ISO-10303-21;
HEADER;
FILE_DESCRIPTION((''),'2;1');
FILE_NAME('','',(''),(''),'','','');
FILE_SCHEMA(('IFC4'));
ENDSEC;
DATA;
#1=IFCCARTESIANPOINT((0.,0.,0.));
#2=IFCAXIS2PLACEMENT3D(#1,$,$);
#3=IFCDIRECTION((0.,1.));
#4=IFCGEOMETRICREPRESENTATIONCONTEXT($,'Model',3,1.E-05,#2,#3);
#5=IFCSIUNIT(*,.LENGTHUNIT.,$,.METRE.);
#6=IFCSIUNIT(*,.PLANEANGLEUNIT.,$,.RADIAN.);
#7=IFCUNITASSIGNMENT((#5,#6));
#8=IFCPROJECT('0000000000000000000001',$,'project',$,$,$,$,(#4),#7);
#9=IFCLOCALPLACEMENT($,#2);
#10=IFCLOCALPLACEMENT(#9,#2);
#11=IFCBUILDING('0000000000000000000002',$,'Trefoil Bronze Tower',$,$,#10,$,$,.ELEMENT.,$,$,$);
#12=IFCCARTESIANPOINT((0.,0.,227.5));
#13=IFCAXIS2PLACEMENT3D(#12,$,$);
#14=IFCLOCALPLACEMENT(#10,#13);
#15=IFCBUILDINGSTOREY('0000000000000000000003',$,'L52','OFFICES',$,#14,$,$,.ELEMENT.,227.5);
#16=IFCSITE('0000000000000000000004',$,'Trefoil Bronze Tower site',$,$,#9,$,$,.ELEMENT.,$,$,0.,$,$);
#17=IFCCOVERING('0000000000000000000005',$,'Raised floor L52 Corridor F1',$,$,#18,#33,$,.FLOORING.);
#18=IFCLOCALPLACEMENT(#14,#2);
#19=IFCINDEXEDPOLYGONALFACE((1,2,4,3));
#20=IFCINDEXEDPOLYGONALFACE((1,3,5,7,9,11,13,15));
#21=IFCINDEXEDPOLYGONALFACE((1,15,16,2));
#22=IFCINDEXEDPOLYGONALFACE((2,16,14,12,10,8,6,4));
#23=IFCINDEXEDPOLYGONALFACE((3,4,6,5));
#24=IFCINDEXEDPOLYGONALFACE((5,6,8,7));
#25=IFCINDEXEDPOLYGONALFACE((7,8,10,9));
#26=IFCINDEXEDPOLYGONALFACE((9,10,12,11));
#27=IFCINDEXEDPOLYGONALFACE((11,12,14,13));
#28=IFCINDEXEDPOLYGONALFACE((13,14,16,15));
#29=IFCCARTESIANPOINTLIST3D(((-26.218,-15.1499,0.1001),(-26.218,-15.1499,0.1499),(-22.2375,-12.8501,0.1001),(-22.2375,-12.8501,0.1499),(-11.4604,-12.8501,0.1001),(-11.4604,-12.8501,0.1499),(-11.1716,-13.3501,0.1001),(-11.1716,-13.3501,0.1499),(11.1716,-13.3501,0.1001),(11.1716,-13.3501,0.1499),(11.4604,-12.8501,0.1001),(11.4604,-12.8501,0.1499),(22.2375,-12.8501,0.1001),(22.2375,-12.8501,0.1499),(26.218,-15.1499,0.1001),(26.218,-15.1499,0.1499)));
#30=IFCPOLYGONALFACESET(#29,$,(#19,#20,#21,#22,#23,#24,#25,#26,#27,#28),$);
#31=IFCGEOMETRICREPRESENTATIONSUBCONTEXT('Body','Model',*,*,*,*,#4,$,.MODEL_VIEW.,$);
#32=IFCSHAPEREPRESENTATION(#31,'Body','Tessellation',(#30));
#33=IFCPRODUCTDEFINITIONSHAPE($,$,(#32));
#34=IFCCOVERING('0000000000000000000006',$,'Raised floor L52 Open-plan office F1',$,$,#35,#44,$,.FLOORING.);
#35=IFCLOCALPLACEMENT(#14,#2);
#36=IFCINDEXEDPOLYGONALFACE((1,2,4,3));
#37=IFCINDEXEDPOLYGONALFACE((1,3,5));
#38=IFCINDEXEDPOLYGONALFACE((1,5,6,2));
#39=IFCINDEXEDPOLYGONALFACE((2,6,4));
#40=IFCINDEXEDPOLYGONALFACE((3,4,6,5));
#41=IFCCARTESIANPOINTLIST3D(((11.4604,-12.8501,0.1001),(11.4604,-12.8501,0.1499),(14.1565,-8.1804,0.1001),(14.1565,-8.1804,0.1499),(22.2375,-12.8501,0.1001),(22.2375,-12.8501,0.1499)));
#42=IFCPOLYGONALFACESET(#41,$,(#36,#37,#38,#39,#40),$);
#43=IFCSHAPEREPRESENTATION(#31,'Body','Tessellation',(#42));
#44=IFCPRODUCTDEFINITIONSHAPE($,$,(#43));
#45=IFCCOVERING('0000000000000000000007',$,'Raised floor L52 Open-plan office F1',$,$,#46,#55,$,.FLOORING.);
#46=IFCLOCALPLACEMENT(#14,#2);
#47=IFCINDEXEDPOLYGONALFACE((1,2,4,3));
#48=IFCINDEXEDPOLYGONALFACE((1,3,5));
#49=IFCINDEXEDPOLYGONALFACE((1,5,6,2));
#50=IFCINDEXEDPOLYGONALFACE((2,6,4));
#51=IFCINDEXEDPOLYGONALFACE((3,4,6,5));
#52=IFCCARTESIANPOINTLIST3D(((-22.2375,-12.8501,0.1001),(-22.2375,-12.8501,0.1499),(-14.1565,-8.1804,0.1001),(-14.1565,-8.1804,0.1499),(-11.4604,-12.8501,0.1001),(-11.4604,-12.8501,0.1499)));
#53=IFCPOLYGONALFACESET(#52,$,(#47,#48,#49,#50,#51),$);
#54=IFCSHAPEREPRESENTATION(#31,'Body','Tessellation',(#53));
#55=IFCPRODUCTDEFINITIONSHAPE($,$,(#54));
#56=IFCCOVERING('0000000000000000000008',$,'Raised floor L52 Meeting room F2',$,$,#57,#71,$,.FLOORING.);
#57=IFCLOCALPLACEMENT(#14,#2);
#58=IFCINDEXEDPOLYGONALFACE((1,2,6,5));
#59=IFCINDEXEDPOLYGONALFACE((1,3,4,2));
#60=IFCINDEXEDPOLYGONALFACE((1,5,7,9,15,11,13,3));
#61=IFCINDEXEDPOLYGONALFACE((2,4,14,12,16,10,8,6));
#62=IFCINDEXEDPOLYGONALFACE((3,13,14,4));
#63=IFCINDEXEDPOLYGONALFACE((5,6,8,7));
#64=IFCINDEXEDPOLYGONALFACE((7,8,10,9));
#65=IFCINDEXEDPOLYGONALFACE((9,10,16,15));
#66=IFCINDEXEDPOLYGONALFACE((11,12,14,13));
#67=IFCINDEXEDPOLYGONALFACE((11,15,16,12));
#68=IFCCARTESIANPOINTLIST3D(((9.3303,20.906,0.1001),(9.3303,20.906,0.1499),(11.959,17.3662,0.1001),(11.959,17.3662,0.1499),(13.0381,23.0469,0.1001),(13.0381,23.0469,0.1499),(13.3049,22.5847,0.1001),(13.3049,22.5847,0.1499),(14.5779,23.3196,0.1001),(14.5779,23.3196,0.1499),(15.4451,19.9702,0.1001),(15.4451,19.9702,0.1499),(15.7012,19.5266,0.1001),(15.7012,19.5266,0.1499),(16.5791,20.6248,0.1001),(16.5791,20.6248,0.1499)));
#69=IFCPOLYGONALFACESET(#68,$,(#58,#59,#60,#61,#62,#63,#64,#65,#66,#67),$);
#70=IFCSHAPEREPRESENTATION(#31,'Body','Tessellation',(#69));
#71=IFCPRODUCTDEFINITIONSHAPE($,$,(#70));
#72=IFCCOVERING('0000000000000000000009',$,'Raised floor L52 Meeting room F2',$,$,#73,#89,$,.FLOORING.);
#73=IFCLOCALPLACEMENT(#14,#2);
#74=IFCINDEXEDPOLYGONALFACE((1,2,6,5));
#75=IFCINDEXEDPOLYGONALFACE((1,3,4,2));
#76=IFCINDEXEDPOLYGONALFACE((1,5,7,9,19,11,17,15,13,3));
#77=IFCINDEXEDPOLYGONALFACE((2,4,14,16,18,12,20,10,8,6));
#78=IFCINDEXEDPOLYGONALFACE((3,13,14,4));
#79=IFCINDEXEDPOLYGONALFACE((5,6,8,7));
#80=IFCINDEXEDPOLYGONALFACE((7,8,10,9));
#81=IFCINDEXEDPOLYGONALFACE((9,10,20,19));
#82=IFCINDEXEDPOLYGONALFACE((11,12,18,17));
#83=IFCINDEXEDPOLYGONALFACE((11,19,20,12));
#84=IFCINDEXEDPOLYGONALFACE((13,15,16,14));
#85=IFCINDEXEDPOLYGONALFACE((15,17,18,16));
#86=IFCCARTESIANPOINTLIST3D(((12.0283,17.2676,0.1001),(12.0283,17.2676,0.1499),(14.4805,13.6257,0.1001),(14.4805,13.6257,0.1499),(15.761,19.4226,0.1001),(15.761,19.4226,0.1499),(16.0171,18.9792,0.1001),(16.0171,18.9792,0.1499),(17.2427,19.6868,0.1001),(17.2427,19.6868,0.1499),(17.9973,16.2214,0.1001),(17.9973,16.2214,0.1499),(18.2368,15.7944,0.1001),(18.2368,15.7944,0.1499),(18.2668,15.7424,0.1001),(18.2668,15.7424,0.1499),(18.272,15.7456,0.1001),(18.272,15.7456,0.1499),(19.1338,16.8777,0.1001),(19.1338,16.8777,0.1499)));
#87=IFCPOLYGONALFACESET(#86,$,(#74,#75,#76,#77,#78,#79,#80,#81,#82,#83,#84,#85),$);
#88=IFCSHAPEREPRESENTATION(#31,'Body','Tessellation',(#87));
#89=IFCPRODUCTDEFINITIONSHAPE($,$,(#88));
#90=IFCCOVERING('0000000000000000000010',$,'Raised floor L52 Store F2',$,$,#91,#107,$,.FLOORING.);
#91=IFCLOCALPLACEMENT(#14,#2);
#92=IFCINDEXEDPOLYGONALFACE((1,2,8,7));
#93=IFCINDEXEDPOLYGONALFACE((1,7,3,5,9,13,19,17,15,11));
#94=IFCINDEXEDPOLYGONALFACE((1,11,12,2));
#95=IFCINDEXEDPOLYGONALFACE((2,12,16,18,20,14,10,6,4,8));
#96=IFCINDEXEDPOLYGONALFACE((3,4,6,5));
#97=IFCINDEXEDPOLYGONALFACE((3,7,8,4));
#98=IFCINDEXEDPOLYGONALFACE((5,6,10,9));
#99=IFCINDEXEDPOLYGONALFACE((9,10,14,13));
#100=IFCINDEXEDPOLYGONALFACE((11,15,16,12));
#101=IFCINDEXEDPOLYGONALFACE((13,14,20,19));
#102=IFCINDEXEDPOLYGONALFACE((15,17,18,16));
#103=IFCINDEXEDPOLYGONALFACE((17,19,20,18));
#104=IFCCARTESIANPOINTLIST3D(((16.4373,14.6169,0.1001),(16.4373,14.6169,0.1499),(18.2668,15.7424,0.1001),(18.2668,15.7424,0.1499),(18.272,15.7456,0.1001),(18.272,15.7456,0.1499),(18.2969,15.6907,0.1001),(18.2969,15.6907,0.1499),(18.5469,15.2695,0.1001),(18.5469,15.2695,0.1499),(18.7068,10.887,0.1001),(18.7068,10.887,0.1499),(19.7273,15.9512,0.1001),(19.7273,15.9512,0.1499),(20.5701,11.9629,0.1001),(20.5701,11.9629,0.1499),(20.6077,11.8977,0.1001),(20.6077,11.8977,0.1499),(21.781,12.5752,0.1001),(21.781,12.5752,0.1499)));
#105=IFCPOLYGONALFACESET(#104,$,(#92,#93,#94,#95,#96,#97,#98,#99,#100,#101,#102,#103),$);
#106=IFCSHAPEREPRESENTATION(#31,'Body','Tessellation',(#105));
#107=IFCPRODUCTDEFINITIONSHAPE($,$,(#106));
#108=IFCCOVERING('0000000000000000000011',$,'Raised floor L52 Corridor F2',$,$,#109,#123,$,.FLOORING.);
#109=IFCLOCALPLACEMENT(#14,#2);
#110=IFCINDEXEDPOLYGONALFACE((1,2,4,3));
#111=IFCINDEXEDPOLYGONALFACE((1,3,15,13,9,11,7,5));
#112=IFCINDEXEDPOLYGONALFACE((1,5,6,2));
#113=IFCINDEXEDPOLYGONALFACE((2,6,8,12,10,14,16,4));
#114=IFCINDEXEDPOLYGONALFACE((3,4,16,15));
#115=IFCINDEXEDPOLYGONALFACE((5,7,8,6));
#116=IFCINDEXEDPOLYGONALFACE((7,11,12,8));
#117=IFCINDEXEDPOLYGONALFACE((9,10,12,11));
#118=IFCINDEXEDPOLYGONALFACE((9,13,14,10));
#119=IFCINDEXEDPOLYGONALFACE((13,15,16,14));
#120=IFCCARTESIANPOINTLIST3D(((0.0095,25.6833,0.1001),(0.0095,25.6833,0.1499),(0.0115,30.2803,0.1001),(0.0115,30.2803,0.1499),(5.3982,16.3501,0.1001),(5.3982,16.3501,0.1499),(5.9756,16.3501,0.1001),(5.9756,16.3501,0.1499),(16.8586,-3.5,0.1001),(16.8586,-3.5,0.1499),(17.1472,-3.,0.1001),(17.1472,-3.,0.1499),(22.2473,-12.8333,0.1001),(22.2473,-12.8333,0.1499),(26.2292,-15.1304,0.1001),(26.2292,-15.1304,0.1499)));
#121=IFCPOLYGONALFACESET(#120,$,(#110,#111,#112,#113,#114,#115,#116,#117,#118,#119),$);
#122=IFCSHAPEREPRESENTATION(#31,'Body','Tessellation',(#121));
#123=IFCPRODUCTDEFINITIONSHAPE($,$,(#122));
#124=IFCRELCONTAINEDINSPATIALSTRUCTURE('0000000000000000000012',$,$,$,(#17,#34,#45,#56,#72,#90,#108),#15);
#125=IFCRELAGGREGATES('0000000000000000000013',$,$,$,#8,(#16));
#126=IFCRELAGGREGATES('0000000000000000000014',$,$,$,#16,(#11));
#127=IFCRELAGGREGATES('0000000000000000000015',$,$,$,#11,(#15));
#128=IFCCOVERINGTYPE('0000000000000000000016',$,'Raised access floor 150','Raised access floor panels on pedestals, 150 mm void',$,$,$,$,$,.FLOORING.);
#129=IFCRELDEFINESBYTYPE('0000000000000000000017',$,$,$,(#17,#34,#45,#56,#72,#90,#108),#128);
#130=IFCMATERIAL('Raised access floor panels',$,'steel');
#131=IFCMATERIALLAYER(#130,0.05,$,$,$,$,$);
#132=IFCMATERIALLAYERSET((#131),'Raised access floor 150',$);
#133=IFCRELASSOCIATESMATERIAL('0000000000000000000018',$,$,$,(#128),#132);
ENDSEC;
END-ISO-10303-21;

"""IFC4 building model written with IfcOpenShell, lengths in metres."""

from ifc_helpers import new_model, si_unit, direction, frame, origin, place, context, subcontext, project, spatial, polyline, outline, extrude, material, layer, layer_set, type_object, element, save


model = new_model("IFC4")

# Units and contexts
model_context = context("Model", 3, precision=1e-05, world=origin(), true_north=direction((0.0, 1.0)))
body_context = subcontext(model_context, "Body", "Model", "MODEL_VIEW")
ifc_project = project(units=[si_unit("LENGTHUNIT", "METRE"), si_unit("PLANEANGLEUNIT", "RADIAN")], contexts=[model_context])

# Site, building, storey
site_placement = place(None, origin())
site = spatial("IfcSite", under=ifc_project, at=site_placement, Name="Trefoil Bronze Tower site", CompositionType="ELEMENT", RefElevation=0.0)
building_placement = place(site_placement, origin())
building = spatial("IfcBuilding", under=site, at=building_placement, Name="Trefoil Bronze Tower", CompositionType="ELEMENT")
storey_placement = place(building_placement, frame((0.0, 0.0, 227.5)))
storey = spatial("IfcBuildingStorey", under=building, at=storey_placement, Name="L52", Description="OFFICES", CompositionType="ELEMENT", Elevation=227.5)

# Coverings
ifc_material_1 = material(Name="Raised access floor panels", Category="steel")
ifc_layer_1 = layer(ifc_material_1, 0.05)
ifc_layer_set_1 = layer_set([ifc_layer_1], Name="Raised access floor 150")
covering_type_1 = type_object("IfcCoveringType", Name="Raised access floor 150", Description="Raised access floor panels on pedestals, 150 mm void", PredefinedType="FLOORING", material=ifc_layer_set_1)
covering_1_placement = place(storey_placement, frame((0.0, 0.0, 0.1001)))
element("IfcCovering", 1, at=covering_1_placement, inside=storey, type_object=covering_type_1, Name="Raised floor L52 Corridor F1", PredefinedType="FLOORING", context=body_context, shape_type="SweptSolid", body=[
    extrude(outline(polyline([(26.218, -15.1499), (-26.218, -15.1499), (-22.2375, -12.8501), (-11.4604, -12.8501), (-11.1716, -13.3501), (11.1716, -13.3501), (11.4604, -12.8501), (22.2375, -12.8501), (26.218, -15.1499)])), origin(), (0.0, 0.0, 1.0), 0.0498),
])
covering_2_placement = place(storey_placement, frame((0.0, 0.0, 0.1001)))
element("IfcCovering", 2, at=covering_2_placement, inside=storey, type_object=covering_type_1, Name="Raised floor L52 Open-plan office F1", PredefinedType="FLOORING", context=body_context, shape_type="SweptSolid", body=[
    extrude(outline(polyline([(14.1565, -8.1804), (22.2375, -12.8501), (11.4604, -12.8501), (14.1565, -8.1804)])), origin(), (0.0, 0.0, 1.0), 0.0498),
])
covering_3_placement = place(storey_placement, frame((0.0, 0.0, 0.1001)))
element("IfcCovering", 3, at=covering_3_placement, inside=storey, type_object=covering_type_1, Name="Raised floor L52 Open-plan office F1", PredefinedType="FLOORING", context=body_context, shape_type="SweptSolid", body=[
    extrude(outline(polyline([(-22.2375, -12.8501), (-14.1565, -8.1804), (-11.4604, -12.8501), (-22.2375, -12.8501)])), origin(), (0.0, 0.0, 1.0), 0.0498),
])
covering_4_placement = place(storey_placement, frame((0.0, 0.0, 0.1001)))
element("IfcCovering", 4, at=covering_4_placement, inside=storey, type_object=covering_type_1, Name="Raised floor L52 Meeting room F2", PredefinedType="FLOORING", context=body_context, shape_type="SweptSolid", body=[
    extrude(outline(polyline([(16.5791, 20.6248), (15.4451, 19.9702), (15.7012, 19.5266), (11.959, 17.3662), (9.3303, 20.906), (13.0381, 23.0469), (13.3049, 22.5847), (14.5779, 23.3196), (16.5791, 20.6248)])), origin(), (0.0, 0.0, 1.0), 0.0498),
])
covering_5_placement = place(storey_placement, frame((0.0, 0.0, 0.1001)))
element("IfcCovering", 5, at=covering_5_placement, inside=storey, type_object=covering_type_1, Name="Raised floor L52 Meeting room F2", PredefinedType="FLOORING", context=body_context, shape_type="SweptSolid", body=[
    extrude(outline(polyline([(19.1338, 16.8777), (17.9973, 16.2214), (18.272, 15.7456), (18.2668, 15.7424), (18.2368, 15.7944), (14.4805, 13.6257), (12.0283, 17.2676), (15.761, 19.4226), (16.0171, 18.9792), (17.2427, 19.6868), (19.1338, 16.8777)])), origin(), (0.0, 0.0, 1.0), 0.0498),
])
covering_6_placement = place(storey_placement, frame((0.0, 0.0, 0.1001)))
element("IfcCovering", 6, at=covering_6_placement, inside=storey, type_object=covering_type_1, Name="Raised floor L52 Store F2", PredefinedType="FLOORING", context=body_context, shape_type="SweptSolid", body=[
    extrude(outline(polyline([(20.6077, 11.8977), (20.5701, 11.9629), (18.7068, 10.887), (16.4373, 14.6169), (18.2969, 15.6907), (18.2668, 15.7424), (18.272, 15.7456), (18.5469, 15.2695), (19.7273, 15.9512), (21.781, 12.5752), (20.6077, 11.8977)])), origin(), (0.0, 0.0, 1.0), 0.0498),
])
covering_7_placement = place(storey_placement, frame((0.0, 0.0, 0.1001)))
element("IfcCovering", 7, at=covering_7_placement, inside=storey, type_object=covering_type_1, Name="Raised floor L52 Corridor F2", PredefinedType="FLOORING", context=body_context, shape_type="SweptSolid", body=[
    extrude(outline(polyline([(0.0115, 30.2803), (26.2292, -15.1304), (22.2473, -12.8333), (16.8586, -3.5), (17.1472, -3.0), (5.9756, 16.3501), (5.3982, 16.3501), (0.0095, 25.6833), (0.0115, 30.2803)])), origin(), (0.0, 0.0, 1.0), 0.0498),
])

save(model, "model.ifc")
